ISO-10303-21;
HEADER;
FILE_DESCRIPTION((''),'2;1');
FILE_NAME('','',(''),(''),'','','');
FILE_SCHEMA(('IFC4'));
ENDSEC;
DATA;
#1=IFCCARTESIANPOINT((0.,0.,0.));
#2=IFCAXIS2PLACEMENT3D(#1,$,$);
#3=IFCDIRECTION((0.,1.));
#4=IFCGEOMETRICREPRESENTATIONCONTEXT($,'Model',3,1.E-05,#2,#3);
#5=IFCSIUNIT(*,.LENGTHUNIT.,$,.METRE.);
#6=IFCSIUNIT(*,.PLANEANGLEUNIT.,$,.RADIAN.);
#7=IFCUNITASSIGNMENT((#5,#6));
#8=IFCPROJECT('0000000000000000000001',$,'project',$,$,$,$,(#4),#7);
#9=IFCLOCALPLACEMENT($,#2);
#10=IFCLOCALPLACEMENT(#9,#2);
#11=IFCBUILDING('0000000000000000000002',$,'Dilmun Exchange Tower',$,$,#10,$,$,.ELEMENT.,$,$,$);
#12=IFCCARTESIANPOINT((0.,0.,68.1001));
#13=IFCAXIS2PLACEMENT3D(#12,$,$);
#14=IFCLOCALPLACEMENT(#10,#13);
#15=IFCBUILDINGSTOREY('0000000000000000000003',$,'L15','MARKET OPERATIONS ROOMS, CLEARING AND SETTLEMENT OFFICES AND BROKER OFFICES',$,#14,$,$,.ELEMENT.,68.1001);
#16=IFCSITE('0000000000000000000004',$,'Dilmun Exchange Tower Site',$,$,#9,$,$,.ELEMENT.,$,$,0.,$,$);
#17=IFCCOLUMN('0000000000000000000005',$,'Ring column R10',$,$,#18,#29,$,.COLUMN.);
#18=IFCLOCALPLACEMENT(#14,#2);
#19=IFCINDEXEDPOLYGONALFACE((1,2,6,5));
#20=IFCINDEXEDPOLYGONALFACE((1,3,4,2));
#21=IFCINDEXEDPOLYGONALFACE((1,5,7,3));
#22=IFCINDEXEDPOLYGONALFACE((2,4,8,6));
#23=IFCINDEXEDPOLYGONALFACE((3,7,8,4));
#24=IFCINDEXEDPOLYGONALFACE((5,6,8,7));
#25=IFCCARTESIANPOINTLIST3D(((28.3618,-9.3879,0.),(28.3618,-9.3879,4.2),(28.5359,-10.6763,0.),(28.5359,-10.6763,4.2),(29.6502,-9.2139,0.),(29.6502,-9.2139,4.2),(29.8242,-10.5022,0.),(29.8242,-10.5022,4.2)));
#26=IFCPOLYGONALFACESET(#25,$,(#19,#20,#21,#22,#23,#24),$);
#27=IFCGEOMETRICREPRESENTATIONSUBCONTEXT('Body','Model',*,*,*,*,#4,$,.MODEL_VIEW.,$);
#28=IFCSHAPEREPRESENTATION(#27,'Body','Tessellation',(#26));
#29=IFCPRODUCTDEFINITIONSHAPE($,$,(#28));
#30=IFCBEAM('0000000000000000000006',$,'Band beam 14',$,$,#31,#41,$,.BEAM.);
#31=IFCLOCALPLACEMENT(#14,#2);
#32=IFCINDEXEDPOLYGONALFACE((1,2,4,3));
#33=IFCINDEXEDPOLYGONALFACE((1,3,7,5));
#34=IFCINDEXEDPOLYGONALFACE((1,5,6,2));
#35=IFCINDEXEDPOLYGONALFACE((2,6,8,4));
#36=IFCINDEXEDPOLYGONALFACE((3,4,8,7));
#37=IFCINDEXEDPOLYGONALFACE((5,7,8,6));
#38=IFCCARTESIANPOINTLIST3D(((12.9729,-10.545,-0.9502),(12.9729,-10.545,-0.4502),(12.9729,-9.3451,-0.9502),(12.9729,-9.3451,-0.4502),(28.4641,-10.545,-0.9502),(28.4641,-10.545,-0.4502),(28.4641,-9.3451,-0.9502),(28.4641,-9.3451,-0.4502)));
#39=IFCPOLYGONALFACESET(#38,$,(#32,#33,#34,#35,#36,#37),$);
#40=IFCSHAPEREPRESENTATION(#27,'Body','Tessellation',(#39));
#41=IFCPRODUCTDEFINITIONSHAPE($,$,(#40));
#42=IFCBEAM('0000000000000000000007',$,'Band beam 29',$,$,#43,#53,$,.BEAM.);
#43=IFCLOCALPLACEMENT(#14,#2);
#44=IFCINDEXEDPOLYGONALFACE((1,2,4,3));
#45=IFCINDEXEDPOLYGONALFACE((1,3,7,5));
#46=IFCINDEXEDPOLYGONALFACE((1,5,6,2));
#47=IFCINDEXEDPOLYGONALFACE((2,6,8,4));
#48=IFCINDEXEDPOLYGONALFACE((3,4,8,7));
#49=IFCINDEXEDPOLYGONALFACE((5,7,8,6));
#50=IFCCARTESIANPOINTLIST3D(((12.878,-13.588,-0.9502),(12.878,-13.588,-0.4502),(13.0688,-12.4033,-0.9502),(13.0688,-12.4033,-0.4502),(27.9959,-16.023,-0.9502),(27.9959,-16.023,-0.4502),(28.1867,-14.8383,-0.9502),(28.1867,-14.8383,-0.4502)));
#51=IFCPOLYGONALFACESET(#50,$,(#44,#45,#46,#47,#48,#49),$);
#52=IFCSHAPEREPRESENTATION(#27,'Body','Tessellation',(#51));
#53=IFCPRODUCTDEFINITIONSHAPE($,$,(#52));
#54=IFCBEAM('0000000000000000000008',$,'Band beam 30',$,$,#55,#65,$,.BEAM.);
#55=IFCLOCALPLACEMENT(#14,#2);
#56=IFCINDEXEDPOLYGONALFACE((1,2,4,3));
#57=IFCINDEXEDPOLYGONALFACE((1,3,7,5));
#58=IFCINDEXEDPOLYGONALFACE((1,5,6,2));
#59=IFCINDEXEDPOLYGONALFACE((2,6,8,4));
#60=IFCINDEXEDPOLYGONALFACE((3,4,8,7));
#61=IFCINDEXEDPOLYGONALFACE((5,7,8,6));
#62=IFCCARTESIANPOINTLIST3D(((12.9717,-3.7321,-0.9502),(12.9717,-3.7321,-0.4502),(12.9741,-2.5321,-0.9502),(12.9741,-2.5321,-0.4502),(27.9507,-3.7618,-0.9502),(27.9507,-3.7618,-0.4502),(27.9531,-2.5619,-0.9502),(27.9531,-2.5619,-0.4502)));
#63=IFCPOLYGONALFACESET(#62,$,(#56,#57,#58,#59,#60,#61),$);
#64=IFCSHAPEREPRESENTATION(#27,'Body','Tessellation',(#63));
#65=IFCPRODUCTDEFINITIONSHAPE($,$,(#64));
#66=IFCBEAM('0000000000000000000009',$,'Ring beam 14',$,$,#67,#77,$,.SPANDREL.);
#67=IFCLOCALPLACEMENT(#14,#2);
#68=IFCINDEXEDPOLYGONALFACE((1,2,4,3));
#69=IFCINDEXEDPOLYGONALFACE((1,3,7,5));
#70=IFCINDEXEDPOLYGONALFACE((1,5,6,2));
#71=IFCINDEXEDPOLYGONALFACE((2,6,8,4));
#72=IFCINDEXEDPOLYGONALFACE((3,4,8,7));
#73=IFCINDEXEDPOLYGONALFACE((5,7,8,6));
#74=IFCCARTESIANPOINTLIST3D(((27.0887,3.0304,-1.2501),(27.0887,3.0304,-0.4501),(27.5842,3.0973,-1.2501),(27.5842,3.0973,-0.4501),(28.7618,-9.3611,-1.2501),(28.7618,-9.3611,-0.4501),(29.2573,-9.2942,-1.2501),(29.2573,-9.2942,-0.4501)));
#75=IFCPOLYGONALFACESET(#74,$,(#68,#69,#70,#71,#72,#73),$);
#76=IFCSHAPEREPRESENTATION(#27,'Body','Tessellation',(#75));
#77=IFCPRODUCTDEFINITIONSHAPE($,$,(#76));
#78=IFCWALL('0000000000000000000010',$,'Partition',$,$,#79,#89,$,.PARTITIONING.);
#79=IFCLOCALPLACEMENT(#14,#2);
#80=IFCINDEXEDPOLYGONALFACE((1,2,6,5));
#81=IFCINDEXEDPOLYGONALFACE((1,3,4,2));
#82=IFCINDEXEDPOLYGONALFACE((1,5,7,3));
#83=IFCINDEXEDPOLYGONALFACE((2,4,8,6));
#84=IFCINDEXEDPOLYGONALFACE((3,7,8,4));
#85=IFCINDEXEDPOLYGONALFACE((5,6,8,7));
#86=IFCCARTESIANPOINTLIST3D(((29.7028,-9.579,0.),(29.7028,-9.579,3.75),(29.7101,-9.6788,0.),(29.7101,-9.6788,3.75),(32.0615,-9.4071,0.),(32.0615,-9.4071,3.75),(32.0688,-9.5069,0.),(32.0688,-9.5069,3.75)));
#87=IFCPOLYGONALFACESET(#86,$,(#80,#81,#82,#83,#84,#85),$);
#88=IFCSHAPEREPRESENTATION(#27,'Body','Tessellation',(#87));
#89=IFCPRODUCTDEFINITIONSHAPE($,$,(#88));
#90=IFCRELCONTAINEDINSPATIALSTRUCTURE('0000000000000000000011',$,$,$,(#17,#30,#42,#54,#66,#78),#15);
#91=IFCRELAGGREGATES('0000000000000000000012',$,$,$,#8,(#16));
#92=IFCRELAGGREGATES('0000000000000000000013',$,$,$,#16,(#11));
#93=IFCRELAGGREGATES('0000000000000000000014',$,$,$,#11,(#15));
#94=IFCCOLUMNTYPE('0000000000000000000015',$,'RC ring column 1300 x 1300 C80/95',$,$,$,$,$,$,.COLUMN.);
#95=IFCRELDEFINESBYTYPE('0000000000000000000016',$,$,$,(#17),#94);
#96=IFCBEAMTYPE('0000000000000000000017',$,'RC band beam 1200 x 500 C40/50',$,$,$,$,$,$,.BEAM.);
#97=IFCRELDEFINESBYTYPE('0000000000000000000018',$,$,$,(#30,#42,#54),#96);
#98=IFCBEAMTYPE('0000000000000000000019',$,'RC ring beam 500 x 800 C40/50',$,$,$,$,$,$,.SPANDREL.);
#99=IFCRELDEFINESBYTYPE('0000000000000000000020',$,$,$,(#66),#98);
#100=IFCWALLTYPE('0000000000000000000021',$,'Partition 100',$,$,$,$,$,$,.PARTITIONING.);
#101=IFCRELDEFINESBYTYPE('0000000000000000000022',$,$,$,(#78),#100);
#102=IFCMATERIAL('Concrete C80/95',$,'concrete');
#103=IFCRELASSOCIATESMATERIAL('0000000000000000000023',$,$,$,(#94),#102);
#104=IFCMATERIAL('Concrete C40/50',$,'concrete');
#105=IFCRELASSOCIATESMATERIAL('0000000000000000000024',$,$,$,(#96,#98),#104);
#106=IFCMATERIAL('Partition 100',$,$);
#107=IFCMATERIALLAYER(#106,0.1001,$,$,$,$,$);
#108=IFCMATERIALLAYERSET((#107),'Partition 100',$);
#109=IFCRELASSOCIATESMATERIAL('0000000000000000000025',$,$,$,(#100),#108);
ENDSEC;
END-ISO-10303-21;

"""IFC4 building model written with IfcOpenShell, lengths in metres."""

from ifc_helpers import new_model, si_unit, direction, frame, frame_2d, origin, origin_2d, place, context, subcontext, project, spatial, rectangle, extrude, material, layer, layer_set, material_profile, profile_set, type_object, element, save


model = new_model("IFC4")

# Units and contexts
model_context = context("Model", 3, precision=1e-05, world=origin(), true_north=direction((0.0, 1.0)))
body_context = subcontext(model_context, "Body", "Model", "MODEL_VIEW")
ifc_project = project(units=[si_unit("LENGTHUNIT", "METRE"), si_unit("PLANEANGLEUNIT", "RADIAN")], contexts=[model_context])

# Site, building, storey
site_placement = place(None, origin())
site = spatial("IfcSite", under=ifc_project, at=site_placement, Name="Dilmun Exchange Tower Site", CompositionType="ELEMENT", RefElevation=0.0)
building_placement = place(site_placement, origin())
building = spatial("IfcBuilding", under=site, at=building_placement, Name="Dilmun Exchange Tower", CompositionType="ELEMENT")
storey_placement = place(building_placement, frame((0.0, 0.0, 68.1001)))
storey = spatial("IfcBuildingStorey", under=building, at=storey_placement, Name="L15", Description="MARKET OPERATIONS ROOMS, CLEARING AND SETTLEMENT OFFICES AND BROKER OFFICES", CompositionType="ELEMENT", Elevation=68.1001)

# Column
ifc_material_1 = material(Name="Concrete C80/95", Category="concrete")
ifc_material_profile_1 = material_profile(ifc_material_1, rectangle(XDim=1.3, YDim=1.3, at=origin_2d()), Name="1300 x 1300")
ifc_profile_set_1 = profile_set([ifc_material_profile_1], Name="Concrete C80/95")
column_type = type_object("IfcColumnType", Name="RC ring column 1300 x 1300 C80/95", PredefinedType="COLUMN", material=ifc_profile_set_1)
column_placement = place(storey_placement, frame((29.093, -9.9451, 0.0), z_axis=(0.0, 0.0, 1.0), x_axis=(0.991001, 0.133853, 0.0)))
element("IfcColumn", 1, at=column_placement, inside=storey, type_object=column_type, Name="Ring column R10", PredefinedType="COLUMN", context=body_context, shape_type="SweptSolid", body=[
    extrude(rectangle(XDim=1.3, YDim=1.3, at=origin_2d()), origin(), (0.0, 0.0, 1.0), 4.2),
])

# Beams
ifc_material_2 = material(Name="Concrete C40/50", Category="concrete")
ifc_material_profile_2 = material_profile(ifc_material_2, rectangle(XDim=1.2, YDim=0.5, at=origin_2d()), Name="1200 x 500")
ifc_profile_set_2 = profile_set([ifc_material_profile_2], Name="Concrete C40/50")
beam_type_1 = type_object("IfcBeamType", Name="RC band beam 1200 x 500 C40/50", PredefinedType="BEAM", material=ifc_profile_set_2)
beam_1_placement = place(storey_placement, frame((28.4641, -9.9451, -0.7002), z_axis=(-1.0, 0.0, 0.0), x_axis=(0.0, -1.0, 0.0)))
element("IfcBeam", 2, at=beam_1_placement, inside=storey, type_object=beam_type_1, Name="Band beam 14", PredefinedType="BEAM", context=body_context, shape_type="SweptSolid", body=[
    extrude(rectangle(XDim=1.2, YDim=0.5, at=origin_2d()), origin(), (0.0, 0.0, 1.0), 15.4912),
])
beam_2_placement = place(storey_placement, frame((28.0913, -15.4307, -0.7002), z_axis=(-0.987275, 0.159021, 0.0), x_axis=(-0.159021, -0.987275, 0.0)))
element("IfcBeam", 3, at=beam_2_placement, inside=storey, type_object=beam_type_1, Name="Band beam 29", PredefinedType="BEAM", context=body_context, shape_type="SweptSolid", body=[
    extrude(rectangle(XDim=1.2, YDim=0.5, at=origin_2d()), origin(), (0.0, 0.0, 1.0), 15.3127),
])
beam_3_placement = place(storey_placement, frame((27.9519, -3.1619, -0.7002), z_axis=(-0.999998, 0.001988, 0.0), x_axis=(-0.001988, -0.999998, 0.0)))
element("IfcBeam", 4, at=beam_3_placement, inside=storey, type_object=beam_type_1, Name="Band beam 30", PredefinedType="BEAM", context=body_context, shape_type="SweptSolid", body=[
    extrude(rectangle(XDim=1.2, YDim=0.5, at=origin_2d()), origin(), (0.0, 0.0, 1.0), 14.979),
])
ifc_material_profile_3 = material_profile(ifc_material_2, rectangle(XDim=0.5, YDim=0.8, at=origin_2d()), Name="500 x 800")
ifc_profile_set_3 = profile_set([ifc_material_profile_3], Name="Concrete C40/50")
beam_type_2 = type_object("IfcBeamType", Name="RC ring beam 500 x 800 C40/50", PredefinedType="SPANDREL", material=ifc_profile_set_3)
beam_4_placement = place(storey_placement, frame((29.0095, -9.3276, -0.8501), z_axis=(-0.133807, 0.991007, 0.0), x_axis=(-0.991007, -0.133807, 0.0)))
element("IfcBeam", 5, at=beam_4_placement, inside=storey, type_object=beam_type_2, Name="Ring beam 14", PredefinedType="SPANDREL", context=body_context, shape_type="SweptSolid", body=[
    extrude(rectangle(XDim=0.5, YDim=0.8, at=origin_2d()), origin(), (0.0, 0.0, 1.0), 12.5039),
])

# Wall
ifc_material_3 = material(Name="Partition 100")
ifc_layer_1 = layer(ifc_material_3, 0.1001)
ifc_layer_set_1 = layer_set([ifc_layer_1], Name="Partition 100")
wall_type_1 = type_object("IfcWallType", Name="Partition 100", PredefinedType="PARTITIONING", material=ifc_layer_set_1)
wall_1_placement = place(storey_placement, frame((29.7063, -9.6289, 0.0), z_axis=(0.0, 0.0, 1.0), x_axis=(0.997355, 0.072678, 0.0)))
element("IfcWall", 6, at=wall_1_placement, inside=storey, type_object=wall_type_1, Name="Partition", PredefinedType="PARTITIONING", context=body_context, shape_type="SweptSolid", body=[
    extrude(rectangle(XDim=2.365, YDim=0.1001, at=frame_2d((1.1826, 0.0))), origin(), (0.0, 0.0, 1.0), 3.75),
])

save(model, "model.ifc")
